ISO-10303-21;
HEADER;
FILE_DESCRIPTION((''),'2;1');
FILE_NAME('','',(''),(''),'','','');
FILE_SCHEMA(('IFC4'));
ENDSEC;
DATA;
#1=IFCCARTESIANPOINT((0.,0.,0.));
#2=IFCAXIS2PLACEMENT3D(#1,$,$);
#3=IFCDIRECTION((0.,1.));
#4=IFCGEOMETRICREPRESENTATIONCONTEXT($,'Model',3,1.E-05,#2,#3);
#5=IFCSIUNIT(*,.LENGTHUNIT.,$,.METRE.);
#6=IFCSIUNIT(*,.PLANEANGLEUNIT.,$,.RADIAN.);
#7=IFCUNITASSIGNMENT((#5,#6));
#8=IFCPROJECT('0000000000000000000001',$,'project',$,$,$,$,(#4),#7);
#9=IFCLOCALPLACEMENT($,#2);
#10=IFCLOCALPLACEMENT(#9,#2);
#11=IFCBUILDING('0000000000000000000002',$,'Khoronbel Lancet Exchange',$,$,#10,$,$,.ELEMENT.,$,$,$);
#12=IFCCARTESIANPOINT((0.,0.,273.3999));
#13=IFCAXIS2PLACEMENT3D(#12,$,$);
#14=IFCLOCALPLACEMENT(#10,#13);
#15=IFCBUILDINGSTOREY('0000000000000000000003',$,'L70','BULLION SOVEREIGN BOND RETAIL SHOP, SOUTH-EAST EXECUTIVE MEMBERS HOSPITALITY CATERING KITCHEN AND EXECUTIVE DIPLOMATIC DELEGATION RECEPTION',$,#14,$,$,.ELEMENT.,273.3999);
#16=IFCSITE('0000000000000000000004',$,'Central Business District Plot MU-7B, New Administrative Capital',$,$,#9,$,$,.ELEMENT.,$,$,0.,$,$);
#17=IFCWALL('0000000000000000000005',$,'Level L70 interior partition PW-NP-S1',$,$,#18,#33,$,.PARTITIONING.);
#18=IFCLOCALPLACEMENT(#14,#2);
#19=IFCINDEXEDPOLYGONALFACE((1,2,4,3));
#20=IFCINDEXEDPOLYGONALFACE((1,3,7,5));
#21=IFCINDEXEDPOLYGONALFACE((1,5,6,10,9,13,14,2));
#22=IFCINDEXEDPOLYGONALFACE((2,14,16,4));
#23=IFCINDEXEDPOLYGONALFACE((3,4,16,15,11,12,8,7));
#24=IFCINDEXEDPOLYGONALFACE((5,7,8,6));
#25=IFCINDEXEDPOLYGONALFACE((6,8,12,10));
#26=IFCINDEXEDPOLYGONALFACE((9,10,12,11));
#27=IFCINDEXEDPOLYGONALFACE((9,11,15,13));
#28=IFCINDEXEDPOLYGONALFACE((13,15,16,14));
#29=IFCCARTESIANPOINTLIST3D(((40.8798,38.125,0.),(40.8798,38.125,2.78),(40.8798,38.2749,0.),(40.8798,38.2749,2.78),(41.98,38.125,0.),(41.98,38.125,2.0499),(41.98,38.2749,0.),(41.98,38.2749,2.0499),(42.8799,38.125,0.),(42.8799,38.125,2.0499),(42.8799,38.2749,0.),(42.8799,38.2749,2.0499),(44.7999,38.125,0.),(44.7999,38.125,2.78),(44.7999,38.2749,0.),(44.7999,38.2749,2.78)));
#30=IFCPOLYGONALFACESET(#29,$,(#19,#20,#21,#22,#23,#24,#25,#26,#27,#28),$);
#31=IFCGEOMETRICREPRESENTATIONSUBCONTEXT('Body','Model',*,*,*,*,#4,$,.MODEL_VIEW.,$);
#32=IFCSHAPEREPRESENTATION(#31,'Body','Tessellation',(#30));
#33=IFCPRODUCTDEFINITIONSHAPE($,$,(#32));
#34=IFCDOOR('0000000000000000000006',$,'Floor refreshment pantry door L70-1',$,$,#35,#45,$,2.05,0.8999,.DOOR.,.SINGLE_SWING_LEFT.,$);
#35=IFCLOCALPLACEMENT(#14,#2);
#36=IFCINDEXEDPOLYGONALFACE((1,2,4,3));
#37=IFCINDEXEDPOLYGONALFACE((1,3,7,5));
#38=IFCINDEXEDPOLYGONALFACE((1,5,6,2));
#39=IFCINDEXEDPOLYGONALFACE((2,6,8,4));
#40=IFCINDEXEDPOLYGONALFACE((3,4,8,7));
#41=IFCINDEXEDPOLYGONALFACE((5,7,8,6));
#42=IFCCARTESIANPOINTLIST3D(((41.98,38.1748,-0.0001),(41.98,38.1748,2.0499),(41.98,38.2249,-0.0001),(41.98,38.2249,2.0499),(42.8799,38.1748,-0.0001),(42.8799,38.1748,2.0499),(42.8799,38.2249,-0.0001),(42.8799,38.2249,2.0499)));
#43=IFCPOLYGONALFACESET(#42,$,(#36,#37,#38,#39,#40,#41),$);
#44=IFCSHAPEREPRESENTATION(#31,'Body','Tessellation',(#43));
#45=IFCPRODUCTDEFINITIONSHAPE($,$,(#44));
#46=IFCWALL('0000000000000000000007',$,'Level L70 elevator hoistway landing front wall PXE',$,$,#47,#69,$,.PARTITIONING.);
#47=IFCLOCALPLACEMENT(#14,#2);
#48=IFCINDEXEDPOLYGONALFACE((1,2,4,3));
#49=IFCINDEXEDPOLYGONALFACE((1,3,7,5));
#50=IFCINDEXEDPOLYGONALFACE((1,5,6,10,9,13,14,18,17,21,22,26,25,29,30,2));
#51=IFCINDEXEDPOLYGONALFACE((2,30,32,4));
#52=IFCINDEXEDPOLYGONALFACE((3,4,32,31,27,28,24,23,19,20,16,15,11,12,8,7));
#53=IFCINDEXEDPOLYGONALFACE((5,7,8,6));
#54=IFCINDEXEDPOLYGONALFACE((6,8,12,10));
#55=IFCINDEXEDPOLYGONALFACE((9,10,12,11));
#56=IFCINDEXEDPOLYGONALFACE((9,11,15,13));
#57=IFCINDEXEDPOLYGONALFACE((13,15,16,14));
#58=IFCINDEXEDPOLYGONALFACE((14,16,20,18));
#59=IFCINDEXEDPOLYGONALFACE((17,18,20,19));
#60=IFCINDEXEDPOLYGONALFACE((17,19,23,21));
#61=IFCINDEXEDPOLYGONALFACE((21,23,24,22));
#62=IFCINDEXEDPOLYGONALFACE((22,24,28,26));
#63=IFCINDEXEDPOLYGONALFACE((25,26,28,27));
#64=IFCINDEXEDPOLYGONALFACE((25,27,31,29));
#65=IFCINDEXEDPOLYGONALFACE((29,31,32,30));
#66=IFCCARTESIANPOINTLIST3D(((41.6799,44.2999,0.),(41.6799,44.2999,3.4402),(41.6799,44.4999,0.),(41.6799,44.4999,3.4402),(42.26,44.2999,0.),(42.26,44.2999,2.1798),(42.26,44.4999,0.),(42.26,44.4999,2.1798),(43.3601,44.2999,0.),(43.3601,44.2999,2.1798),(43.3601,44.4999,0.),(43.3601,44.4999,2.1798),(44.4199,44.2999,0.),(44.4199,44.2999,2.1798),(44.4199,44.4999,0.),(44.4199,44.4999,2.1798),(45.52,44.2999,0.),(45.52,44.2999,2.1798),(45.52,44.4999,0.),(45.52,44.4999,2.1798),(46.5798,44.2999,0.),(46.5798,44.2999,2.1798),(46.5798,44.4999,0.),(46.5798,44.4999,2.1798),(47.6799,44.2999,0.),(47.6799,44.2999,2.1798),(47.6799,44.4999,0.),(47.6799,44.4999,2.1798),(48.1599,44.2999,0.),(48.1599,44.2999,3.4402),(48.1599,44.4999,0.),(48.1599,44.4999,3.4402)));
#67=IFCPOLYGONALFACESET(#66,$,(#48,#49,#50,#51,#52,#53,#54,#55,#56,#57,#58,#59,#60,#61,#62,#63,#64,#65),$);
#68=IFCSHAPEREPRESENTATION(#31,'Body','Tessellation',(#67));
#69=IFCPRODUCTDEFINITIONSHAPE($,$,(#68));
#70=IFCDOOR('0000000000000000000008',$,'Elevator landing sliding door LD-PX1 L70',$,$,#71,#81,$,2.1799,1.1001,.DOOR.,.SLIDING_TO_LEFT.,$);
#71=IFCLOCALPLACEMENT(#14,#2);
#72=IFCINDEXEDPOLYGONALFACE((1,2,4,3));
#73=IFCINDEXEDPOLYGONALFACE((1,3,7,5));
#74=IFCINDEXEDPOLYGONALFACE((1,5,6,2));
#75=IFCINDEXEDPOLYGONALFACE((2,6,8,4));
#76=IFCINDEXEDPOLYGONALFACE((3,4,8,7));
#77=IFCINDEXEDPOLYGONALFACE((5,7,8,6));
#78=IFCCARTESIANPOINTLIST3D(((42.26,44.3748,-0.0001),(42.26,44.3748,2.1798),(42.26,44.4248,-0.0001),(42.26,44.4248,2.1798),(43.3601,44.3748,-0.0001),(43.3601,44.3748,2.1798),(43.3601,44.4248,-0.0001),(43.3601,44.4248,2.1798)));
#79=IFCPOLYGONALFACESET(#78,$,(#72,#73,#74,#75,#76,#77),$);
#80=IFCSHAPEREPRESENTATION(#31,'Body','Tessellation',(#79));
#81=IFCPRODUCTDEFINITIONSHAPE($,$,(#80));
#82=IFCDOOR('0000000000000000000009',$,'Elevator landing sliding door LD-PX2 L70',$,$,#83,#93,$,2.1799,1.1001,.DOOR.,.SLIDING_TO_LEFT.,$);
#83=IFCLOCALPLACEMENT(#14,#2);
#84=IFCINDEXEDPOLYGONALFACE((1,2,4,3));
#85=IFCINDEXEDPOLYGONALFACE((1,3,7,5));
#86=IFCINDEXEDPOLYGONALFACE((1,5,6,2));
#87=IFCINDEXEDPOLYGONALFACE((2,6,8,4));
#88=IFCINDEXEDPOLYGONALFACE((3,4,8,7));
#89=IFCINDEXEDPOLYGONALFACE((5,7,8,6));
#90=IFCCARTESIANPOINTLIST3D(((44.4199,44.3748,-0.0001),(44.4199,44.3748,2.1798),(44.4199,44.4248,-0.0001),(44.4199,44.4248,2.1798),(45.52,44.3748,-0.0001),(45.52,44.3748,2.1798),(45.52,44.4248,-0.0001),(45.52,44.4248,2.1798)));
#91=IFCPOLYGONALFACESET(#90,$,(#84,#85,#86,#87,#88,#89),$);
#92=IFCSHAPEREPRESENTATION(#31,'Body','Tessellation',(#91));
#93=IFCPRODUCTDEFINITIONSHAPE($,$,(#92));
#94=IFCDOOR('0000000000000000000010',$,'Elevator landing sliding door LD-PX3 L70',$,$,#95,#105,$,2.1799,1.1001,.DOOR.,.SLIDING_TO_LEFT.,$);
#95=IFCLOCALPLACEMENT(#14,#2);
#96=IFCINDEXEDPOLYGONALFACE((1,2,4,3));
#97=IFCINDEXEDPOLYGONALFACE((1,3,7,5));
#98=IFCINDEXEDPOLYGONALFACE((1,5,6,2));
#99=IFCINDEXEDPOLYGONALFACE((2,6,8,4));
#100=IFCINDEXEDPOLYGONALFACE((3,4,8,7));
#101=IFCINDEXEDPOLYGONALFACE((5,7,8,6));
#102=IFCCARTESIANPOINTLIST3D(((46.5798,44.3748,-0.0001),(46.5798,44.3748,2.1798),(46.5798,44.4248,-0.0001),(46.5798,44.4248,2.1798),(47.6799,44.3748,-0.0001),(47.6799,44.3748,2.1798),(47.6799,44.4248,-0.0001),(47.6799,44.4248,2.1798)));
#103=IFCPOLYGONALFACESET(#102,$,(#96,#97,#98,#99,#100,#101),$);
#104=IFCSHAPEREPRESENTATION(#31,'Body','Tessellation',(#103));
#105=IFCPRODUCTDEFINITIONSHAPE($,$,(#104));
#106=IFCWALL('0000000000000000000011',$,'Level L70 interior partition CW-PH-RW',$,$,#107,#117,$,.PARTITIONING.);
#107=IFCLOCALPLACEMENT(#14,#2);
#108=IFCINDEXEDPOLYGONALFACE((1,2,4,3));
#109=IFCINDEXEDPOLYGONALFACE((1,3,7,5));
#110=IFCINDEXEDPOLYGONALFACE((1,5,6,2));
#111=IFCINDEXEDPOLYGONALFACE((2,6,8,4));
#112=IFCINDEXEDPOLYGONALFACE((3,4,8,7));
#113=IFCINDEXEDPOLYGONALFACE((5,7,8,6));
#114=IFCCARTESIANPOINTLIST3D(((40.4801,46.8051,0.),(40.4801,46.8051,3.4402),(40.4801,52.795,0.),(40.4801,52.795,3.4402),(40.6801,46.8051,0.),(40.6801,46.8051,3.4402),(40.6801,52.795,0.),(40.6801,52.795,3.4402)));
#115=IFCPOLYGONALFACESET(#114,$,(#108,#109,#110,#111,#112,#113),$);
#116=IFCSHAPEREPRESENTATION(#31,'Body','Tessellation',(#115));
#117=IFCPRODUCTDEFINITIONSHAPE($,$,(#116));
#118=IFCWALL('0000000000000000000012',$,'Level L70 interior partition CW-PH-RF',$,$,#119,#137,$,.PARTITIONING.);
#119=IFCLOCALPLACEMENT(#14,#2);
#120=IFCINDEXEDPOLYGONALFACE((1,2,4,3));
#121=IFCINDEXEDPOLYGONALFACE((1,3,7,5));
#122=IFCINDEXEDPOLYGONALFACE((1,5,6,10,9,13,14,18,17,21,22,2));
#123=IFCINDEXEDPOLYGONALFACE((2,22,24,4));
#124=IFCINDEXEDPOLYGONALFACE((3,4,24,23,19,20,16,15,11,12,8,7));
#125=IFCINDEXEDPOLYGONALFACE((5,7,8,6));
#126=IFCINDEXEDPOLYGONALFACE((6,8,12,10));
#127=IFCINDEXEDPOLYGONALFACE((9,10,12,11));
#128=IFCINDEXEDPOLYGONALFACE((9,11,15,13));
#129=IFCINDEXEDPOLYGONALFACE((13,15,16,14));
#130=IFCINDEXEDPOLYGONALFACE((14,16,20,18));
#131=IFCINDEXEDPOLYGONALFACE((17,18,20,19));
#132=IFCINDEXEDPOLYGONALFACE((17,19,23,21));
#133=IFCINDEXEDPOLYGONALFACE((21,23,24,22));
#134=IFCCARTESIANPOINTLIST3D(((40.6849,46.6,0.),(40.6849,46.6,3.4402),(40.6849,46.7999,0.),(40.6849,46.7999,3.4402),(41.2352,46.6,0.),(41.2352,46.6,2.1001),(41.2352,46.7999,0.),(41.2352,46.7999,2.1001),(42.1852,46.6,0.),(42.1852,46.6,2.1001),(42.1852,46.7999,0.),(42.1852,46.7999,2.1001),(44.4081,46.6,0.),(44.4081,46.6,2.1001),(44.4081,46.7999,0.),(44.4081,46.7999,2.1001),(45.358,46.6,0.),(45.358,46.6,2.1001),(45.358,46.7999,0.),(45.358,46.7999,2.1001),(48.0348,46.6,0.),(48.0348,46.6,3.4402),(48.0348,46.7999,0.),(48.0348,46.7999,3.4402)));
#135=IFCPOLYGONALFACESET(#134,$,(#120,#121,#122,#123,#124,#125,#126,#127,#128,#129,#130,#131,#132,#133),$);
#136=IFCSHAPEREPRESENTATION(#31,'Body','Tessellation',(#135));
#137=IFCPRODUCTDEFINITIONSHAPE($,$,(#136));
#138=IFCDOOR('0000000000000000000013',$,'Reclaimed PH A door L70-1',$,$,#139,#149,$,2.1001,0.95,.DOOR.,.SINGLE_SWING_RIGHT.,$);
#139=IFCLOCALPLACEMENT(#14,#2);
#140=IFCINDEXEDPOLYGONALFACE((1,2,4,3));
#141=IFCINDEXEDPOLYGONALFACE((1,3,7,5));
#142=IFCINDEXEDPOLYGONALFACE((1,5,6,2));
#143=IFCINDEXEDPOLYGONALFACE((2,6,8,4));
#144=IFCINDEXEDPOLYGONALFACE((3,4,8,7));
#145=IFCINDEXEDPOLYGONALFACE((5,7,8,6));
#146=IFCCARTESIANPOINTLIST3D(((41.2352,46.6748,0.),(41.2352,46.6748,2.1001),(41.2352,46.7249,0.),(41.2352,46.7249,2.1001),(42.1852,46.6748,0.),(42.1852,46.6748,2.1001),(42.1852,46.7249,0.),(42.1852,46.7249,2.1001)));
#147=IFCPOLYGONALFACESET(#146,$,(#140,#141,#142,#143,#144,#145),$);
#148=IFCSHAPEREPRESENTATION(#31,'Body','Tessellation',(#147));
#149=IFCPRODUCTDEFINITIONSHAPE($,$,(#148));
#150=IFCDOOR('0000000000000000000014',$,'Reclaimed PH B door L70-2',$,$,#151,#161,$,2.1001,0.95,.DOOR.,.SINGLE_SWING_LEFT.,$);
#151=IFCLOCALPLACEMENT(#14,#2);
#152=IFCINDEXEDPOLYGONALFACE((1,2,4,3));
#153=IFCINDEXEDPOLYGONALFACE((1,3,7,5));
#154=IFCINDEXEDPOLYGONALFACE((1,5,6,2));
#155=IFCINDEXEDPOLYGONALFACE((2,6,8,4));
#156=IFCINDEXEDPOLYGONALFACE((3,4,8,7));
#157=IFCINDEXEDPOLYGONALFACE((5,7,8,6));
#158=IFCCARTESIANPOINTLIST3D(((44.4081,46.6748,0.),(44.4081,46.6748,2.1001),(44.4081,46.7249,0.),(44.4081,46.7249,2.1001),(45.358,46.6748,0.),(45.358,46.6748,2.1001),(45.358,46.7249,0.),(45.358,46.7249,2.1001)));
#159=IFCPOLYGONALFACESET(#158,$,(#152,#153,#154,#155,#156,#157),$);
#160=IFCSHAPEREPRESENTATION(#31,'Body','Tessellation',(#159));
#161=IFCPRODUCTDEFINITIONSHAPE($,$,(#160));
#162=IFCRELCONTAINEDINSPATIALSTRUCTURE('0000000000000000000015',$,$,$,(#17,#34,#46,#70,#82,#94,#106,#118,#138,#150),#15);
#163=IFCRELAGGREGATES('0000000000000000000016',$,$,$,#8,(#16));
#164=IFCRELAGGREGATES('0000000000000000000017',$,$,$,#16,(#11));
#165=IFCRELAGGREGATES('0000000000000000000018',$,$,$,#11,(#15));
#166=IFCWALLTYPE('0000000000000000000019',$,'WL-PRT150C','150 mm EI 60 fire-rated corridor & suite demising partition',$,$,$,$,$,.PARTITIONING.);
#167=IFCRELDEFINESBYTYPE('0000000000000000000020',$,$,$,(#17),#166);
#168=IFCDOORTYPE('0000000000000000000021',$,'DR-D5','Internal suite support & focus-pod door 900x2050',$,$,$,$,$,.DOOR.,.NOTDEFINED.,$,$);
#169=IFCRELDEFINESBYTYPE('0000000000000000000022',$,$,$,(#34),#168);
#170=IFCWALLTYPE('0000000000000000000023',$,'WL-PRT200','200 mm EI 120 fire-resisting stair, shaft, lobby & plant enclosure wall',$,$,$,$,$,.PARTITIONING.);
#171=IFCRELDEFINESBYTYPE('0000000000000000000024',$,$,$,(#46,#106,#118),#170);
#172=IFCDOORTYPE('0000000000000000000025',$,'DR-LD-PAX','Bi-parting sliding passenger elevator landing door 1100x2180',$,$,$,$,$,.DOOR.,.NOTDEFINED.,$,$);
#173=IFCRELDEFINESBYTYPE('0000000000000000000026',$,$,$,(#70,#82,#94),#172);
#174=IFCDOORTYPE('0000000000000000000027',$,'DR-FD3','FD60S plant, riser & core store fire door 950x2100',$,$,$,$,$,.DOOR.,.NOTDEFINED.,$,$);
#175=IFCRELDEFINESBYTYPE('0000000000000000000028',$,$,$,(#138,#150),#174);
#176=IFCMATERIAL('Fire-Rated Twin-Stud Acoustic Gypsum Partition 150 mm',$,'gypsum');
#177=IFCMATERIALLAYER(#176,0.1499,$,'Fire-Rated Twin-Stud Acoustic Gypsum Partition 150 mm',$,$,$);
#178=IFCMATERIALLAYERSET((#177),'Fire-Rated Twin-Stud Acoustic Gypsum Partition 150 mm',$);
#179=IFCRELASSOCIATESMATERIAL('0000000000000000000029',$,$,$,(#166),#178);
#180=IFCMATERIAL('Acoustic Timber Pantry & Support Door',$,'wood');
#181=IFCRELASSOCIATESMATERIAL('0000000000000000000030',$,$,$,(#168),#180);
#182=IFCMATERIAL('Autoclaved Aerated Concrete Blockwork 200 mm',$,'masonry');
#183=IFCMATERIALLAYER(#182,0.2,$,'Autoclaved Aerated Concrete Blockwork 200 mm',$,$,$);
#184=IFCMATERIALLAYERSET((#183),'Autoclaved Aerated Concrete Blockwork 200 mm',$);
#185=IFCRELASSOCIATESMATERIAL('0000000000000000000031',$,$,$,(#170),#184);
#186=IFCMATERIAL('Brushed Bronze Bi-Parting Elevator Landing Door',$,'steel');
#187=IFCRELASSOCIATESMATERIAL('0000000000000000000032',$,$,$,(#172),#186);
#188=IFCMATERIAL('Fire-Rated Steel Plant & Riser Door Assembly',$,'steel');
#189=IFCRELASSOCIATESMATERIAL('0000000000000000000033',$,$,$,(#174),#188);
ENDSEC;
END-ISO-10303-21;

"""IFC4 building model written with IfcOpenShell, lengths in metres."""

from ifc_helpers import new_model, si_unit, direction, frame, frame_2d, origin, place, context, subcontext, project, spatial, rectangle, extrude, material, layer, layer_set, type_object, element, fill, save


model = new_model("IFC4")

# Units and contexts
model_context = context("Model", 3, precision=1e-05, world=origin(), true_north=direction((0.0, 1.0)))
body_context = subcontext(model_context, "Body", "Model", "MODEL_VIEW")
ifc_project = project(units=[si_unit("LENGTHUNIT", "METRE"), si_unit("PLANEANGLEUNIT", "RADIAN")], contexts=[model_context])

# Site, building, storey
site_placement = place(None, origin())
site = spatial("IfcSite", under=ifc_project, at=site_placement, Name="Central Business District Plot MU-7B, New Administrative Capital", CompositionType="ELEMENT", RefElevation=0.0)
building_placement = place(site_placement, origin())
building = spatial("IfcBuilding", under=site, at=building_placement, Name="Khoronbel Lancet Exchange", CompositionType="ELEMENT")
storey_placement = place(building_placement, frame((0.0, 0.0, 273.3999)))
storey = spatial("IfcBuildingStorey", under=building, at=storey_placement, Name="L70", Description="BULLION SOVEREIGN BOND RETAIL SHOP, SOUTH-EAST EXECUTIVE MEMBERS HOSPITALITY CATERING KITCHEN AND EXECUTIVE DIPLOMATIC DELEGATION RECEPTION", CompositionType="ELEMENT", Elevation=273.3999)

# Wall, opening, door
ifc_material_1 = material(Name="Fire-Rated Twin-Stud Acoustic Gypsum Partition 150 mm", Category="gypsum")
ifc_layer_1 = layer(ifc_material_1, 0.1499, Name="Fire-Rated Twin-Stud Acoustic Gypsum Partition 150 mm")
ifc_layer_set_1 = layer_set([ifc_layer_1], Name="Fire-Rated Twin-Stud Acoustic Gypsum Partition 150 mm")
wall_type_1 = type_object("IfcWallType", Name="WL-PRT150C", Description="150 mm EI 60 fire-rated corridor & suite demising partition", PredefinedType="PARTITIONING", material=ifc_layer_set_1)
wall_1_placement = place(storey_placement, frame((40.8799, 38.2, 0.0), z_axis=(0.0, 0.0, 1.0), x_axis=(1.0, 0.0, 0.0)))
wall_1 = element("IfcWall", 1, at=wall_1_placement, inside=storey, type_object=wall_type_1, Name="Level L70 interior partition PW-NP-S1", PredefinedType="PARTITIONING", context=body_context, shape_type="SweptSolid", body=[
    extrude(rectangle(XDim=3.9202, YDim=0.1499, at=frame_2d((1.96, 0.0))), origin(), (0.0, 0.0, 1.0), 2.78),
])
opening_1_placement = place(wall_1_placement, frame((1.1001, 0.0, 0.0)))
opening_1 = element("IfcOpeningElement", 2, at=opening_1_placement, cuts=wall_1, PredefinedType="OPENING", context=body_context, shape_type="SweptSolid", body=[
    extrude(rectangle(XDim=0.8999, YDim=2.05, at=frame_2d((0.45, 1.0249))), frame((0.0, 0.085, 0.0), z_axis=(0.0, -1.0, 0.0), x_axis=(1.0, 0.0, 0.0)), (0.0, 0.0, 1.0), 0.1699),
])
ifc_material_2 = material(Name="Acoustic Timber Pantry & Support Door", Category="wood")
door_type_1 = type_object("IfcDoorType", Name="DR-D5", Description="Internal suite support & focus-pod door 900x2050", OperationType="NOTDEFINED", PredefinedType="DOOR", material=ifc_material_2)
door_1_placement = place(opening_1_placement, origin())
door_1 = element("IfcDoor", 3, at=door_1_placement, inside=storey, type_object=door_type_1, Name="Floor refreshment pantry door L70-1", OperationType="SINGLE_SWING_LEFT", OverallHeight=2.05, OverallWidth=0.8999, PredefinedType="DOOR", context=body_context, shape_type="SweptSolid", body=[
    extrude(rectangle(XDim=0.8999, YDim=2.05, at=frame_2d((0.45, 1.0249))), frame((0.0, 0.0249, 0.0), z_axis=(0.0, -1.0, 0.0), x_axis=(1.0, 0.0, 0.0)), (0.0, 0.0, 1.0), 0.05),
])
fill(opening_1, door_1)

# Wall, openings, doors
ifc_material_3 = material(Name="Autoclaved Aerated Concrete Blockwork 200 mm", Category="masonry")
ifc_layer_2 = layer(ifc_material_3, 0.2, Name="Autoclaved Aerated Concrete Blockwork 200 mm")
ifc_layer_set_2 = layer_set([ifc_layer_2], Name="Autoclaved Aerated Concrete Blockwork 200 mm")
wall_type_2 = type_object("IfcWallType", Name="WL-PRT200", Description="200 mm EI 120 fire-resisting stair, shaft, lobby & plant enclosure wall", PredefinedType="PARTITIONING", material=ifc_layer_set_2)
wall_2_placement = place(storey_placement, frame((41.6799, 44.3999, 0.0), z_axis=(0.0, 0.0, 1.0), x_axis=(1.0, 0.0, 0.0)))
wall_2 = element("IfcWall", 4, at=wall_2_placement, inside=storey, type_object=wall_type_2, Name="Level L70 elevator hoistway landing front wall PXE", PredefinedType="PARTITIONING", context=body_context, shape_type="SweptSolid", body=[
    extrude(rectangle(XDim=6.48, YDim=0.2, at=frame_2d((3.24, 0.0))), origin(), (0.0, 0.0, 1.0), 3.4402),
])
opening_2_placement = place(wall_2_placement, frame((0.5801, 0.0, 0.0)))
opening_2 = element("IfcOpeningElement", 5, at=opening_2_placement, cuts=wall_2, PredefinedType="OPENING", context=body_context, shape_type="SweptSolid", body=[
    extrude(rectangle(XDim=1.1001, YDim=2.1799, at=frame_2d((0.55, 1.0898))), frame((0.0, 0.1099, 0.0), z_axis=(0.0, -1.0, 0.0), x_axis=(1.0, 0.0, 0.0)), (0.0, 0.0, 1.0), 0.22),
])
opening_3_placement = place(wall_2_placement, frame((2.74, 0.0, 0.0)))
opening_3 = element("IfcOpeningElement", 6, at=opening_3_placement, cuts=wall_2, PredefinedType="OPENING", context=body_context, shape_type="SweptSolid", body=[
    extrude(rectangle(XDim=1.1001, YDim=2.1799, at=frame_2d((0.55, 1.0898))), frame((0.0, 0.1099, 0.0), z_axis=(0.0, -1.0, 0.0), x_axis=(1.0, 0.0, 0.0)), (0.0, 0.0, 1.0), 0.22),
])
opening_4_placement = place(wall_2_placement, frame((4.8999, 0.0, 0.0)))
opening_4 = element("IfcOpeningElement", 7, at=opening_4_placement, cuts=wall_2, PredefinedType="OPENING", context=body_context, shape_type="SweptSolid", body=[
    extrude(rectangle(XDim=1.1001, YDim=2.1799, at=frame_2d((0.55, 1.0898))), frame((0.0, 0.1099, 0.0), z_axis=(0.0, -1.0, 0.0), x_axis=(1.0, 0.0, 0.0)), (0.0, 0.0, 1.0), 0.22),
])
ifc_material_4 = material(Name="Brushed Bronze Bi-Parting Elevator Landing Door", Category="steel")
door_type_2 = type_object("IfcDoorType", Name="DR-LD-PAX", Description="Bi-parting sliding passenger elevator landing door 1100x2180", OperationType="NOTDEFINED", PredefinedType="DOOR", material=ifc_material_4)
door_2_placement = place(opening_2_placement, origin())
door_2 = element("IfcDoor", 8, at=door_2_placement, inside=storey, type_object=door_type_2, Name="Elevator landing sliding door LD-PX1 L70", OperationType="SLIDING_TO_LEFT", OverallHeight=2.1799, OverallWidth=1.1001, PredefinedType="DOOR", context=body_context, shape_type="SweptSolid", body=[
    extrude(rectangle(XDim=1.1001, YDim=2.1799, at=frame_2d((0.55, 1.0898))), frame((0.0, 0.0249, 0.0), z_axis=(0.0, -1.0, 0.0), x_axis=(1.0, 0.0, 0.0)), (0.0, 0.0, 1.0), 0.05),
])
fill(opening_2, door_2)
door_3_placement = place(opening_3_placement, origin())
door_3 = element("IfcDoor", 9, at=door_3_placement, inside=storey, type_object=door_type_2, Name="Elevator landing sliding door LD-PX2 L70", OperationType="SLIDING_TO_LEFT", OverallHeight=2.1799, OverallWidth=1.1001, PredefinedType="DOOR", context=body_context, shape_type="SweptSolid", body=[
    extrude(rectangle(XDim=1.1001, YDim=2.1799, at=frame_2d((0.55, 1.0898))), frame((0.0, 0.0249, 0.0), z_axis=(0.0, -1.0, 0.0), x_axis=(1.0, 0.0, 0.0)), (0.0, 0.0, 1.0), 0.05),
])
fill(opening_3, door_3)
door_4_placement = place(opening_4_placement, origin())
door_4 = element("IfcDoor", 10, at=door_4_placement, inside=storey, type_object=door_type_2, Name="Elevator landing sliding door LD-PX3 L70", OperationType="SLIDING_TO_LEFT", OverallHeight=2.1799, OverallWidth=1.1001, PredefinedType="DOOR", context=body_context, shape_type="SweptSolid", body=[
    extrude(rectangle(XDim=1.1001, YDim=2.1799, at=frame_2d((0.55, 1.0898))), frame((0.0, 0.0249, 0.0), z_axis=(0.0, -1.0, 0.0), x_axis=(1.0, 0.0, 0.0)), (0.0, 0.0, 1.0), 0.05),
])
fill(opening_4, door_4)

# Wall
wall_3_placement = place(storey_placement, frame((40.5801, 46.8049, 0.0), z_axis=(0.0, 0.0, 1.0), x_axis=(0.0, 1.0, 0.0)))
element("IfcWall", 11, at=wall_3_placement, inside=storey, type_object=wall_type_2, Name="Level L70 interior partition CW-PH-RW", PredefinedType="PARTITIONING", context=body_context, shape_type="SweptSolid", body=[
    extrude(rectangle(XDim=5.99, YDim=0.2, at=frame_2d((2.9951, 0.0))), origin(), (0.0, 0.0, 1.0), 3.4402),
])

# Wall, openings, doors
wall_4_placement = place(storey_placement, frame((40.6851, 46.7, 0.0), z_axis=(0.0, 0.0, 1.0), x_axis=(1.0, 0.0, 0.0)))
wall_4 = element("IfcWall", 12, at=wall_4_placement, inside=storey, type_object=wall_type_2, Name="Level L70 interior partition CW-PH-RF", PredefinedType="PARTITIONING", context=body_context, shape_type="SweptSolid", body=[
    extrude(rectangle(XDim=7.3499, YDim=0.2, at=frame_2d((3.6748, 0.0))), origin(), (0.0, 0.0, 1.0), 3.4402),
])
opening_5_placement = place(wall_4_placement, frame((0.55, 0.0, 0.0)))
opening_5 = element("IfcOpeningElement", 13, at=opening_5_placement, cuts=wall_4, PredefinedType="OPENING", context=body_context, shape_type="SweptSolid", body=[
    extrude(rectangle(XDim=0.95, YDim=2.1001, at=frame_2d((0.4751, 1.05))), frame((0.0, 0.1099, 0.0), z_axis=(0.0, -1.0, 0.0), x_axis=(1.0, 0.0, 0.0)), (0.0, 0.0, 1.0), 0.22),
])
opening_6_placement = place(wall_4_placement, frame((3.7229, 0.0, 0.0)))
opening_6 = element("IfcOpeningElement", 14, at=opening_6_placement, cuts=wall_4, PredefinedType="OPENING", context=body_context, shape_type="SweptSolid", body=[
    extrude(rectangle(XDim=0.95, YDim=2.1001, at=frame_2d((0.4751, 1.05))), frame((0.0, 0.1099, 0.0), z_axis=(0.0, -1.0, 0.0), x_axis=(1.0, 0.0, 0.0)), (0.0, 0.0, 1.0), 0.22),
])
ifc_material_5 = material(Name="Fire-Rated Steel Plant & Riser Door Assembly", Category="steel")
door_type_3 = type_object("IfcDoorType", Name="DR-FD3", Description="FD60S plant, riser & core store fire door 950x2100", OperationType="NOTDEFINED", PredefinedType="DOOR", material=ifc_material_5)
door_5_placement = place(opening_5_placement, origin())
door_5 = element("IfcDoor", 15, at=door_5_placement, inside=storey, type_object=door_type_3, Name="Reclaimed PH A door L70-1", OperationType="SINGLE_SWING_RIGHT", OverallHeight=2.1001, OverallWidth=0.95, PredefinedType="DOOR", context=body_context, shape_type="SweptSolid", body=[
    extrude(rectangle(XDim=0.95, YDim=2.1001, at=frame_2d((0.4751, 1.05))), frame((0.0, 0.0249, 0.0), z_axis=(0.0, -1.0, 0.0), x_axis=(1.0, 0.0, 0.0)), (0.0, 0.0, 1.0), 0.05),
])
fill(opening_5, door_5)
door_6_placement = place(opening_6_placement, origin())
door_6 = element("IfcDoor", 16, at=door_6_placement, inside=storey, type_object=door_type_3, Name="Reclaimed PH B door L70-2", OperationType="SINGLE_SWING_LEFT", OverallHeight=2.1001, OverallWidth=0.95, PredefinedType="DOOR", context=body_context, shape_type="SweptSolid", body=[
    extrude(rectangle(XDim=0.95, YDim=2.1001, at=frame_2d((0.4751, 1.05))), frame((0.0, 0.0249, 0.0), z_axis=(0.0, -1.0, 0.0), x_axis=(1.0, 0.0, 0.0)), (0.0, 0.0, 1.0), 0.05),
])
fill(opening_6, door_6)

save(model, "model.ifc")
